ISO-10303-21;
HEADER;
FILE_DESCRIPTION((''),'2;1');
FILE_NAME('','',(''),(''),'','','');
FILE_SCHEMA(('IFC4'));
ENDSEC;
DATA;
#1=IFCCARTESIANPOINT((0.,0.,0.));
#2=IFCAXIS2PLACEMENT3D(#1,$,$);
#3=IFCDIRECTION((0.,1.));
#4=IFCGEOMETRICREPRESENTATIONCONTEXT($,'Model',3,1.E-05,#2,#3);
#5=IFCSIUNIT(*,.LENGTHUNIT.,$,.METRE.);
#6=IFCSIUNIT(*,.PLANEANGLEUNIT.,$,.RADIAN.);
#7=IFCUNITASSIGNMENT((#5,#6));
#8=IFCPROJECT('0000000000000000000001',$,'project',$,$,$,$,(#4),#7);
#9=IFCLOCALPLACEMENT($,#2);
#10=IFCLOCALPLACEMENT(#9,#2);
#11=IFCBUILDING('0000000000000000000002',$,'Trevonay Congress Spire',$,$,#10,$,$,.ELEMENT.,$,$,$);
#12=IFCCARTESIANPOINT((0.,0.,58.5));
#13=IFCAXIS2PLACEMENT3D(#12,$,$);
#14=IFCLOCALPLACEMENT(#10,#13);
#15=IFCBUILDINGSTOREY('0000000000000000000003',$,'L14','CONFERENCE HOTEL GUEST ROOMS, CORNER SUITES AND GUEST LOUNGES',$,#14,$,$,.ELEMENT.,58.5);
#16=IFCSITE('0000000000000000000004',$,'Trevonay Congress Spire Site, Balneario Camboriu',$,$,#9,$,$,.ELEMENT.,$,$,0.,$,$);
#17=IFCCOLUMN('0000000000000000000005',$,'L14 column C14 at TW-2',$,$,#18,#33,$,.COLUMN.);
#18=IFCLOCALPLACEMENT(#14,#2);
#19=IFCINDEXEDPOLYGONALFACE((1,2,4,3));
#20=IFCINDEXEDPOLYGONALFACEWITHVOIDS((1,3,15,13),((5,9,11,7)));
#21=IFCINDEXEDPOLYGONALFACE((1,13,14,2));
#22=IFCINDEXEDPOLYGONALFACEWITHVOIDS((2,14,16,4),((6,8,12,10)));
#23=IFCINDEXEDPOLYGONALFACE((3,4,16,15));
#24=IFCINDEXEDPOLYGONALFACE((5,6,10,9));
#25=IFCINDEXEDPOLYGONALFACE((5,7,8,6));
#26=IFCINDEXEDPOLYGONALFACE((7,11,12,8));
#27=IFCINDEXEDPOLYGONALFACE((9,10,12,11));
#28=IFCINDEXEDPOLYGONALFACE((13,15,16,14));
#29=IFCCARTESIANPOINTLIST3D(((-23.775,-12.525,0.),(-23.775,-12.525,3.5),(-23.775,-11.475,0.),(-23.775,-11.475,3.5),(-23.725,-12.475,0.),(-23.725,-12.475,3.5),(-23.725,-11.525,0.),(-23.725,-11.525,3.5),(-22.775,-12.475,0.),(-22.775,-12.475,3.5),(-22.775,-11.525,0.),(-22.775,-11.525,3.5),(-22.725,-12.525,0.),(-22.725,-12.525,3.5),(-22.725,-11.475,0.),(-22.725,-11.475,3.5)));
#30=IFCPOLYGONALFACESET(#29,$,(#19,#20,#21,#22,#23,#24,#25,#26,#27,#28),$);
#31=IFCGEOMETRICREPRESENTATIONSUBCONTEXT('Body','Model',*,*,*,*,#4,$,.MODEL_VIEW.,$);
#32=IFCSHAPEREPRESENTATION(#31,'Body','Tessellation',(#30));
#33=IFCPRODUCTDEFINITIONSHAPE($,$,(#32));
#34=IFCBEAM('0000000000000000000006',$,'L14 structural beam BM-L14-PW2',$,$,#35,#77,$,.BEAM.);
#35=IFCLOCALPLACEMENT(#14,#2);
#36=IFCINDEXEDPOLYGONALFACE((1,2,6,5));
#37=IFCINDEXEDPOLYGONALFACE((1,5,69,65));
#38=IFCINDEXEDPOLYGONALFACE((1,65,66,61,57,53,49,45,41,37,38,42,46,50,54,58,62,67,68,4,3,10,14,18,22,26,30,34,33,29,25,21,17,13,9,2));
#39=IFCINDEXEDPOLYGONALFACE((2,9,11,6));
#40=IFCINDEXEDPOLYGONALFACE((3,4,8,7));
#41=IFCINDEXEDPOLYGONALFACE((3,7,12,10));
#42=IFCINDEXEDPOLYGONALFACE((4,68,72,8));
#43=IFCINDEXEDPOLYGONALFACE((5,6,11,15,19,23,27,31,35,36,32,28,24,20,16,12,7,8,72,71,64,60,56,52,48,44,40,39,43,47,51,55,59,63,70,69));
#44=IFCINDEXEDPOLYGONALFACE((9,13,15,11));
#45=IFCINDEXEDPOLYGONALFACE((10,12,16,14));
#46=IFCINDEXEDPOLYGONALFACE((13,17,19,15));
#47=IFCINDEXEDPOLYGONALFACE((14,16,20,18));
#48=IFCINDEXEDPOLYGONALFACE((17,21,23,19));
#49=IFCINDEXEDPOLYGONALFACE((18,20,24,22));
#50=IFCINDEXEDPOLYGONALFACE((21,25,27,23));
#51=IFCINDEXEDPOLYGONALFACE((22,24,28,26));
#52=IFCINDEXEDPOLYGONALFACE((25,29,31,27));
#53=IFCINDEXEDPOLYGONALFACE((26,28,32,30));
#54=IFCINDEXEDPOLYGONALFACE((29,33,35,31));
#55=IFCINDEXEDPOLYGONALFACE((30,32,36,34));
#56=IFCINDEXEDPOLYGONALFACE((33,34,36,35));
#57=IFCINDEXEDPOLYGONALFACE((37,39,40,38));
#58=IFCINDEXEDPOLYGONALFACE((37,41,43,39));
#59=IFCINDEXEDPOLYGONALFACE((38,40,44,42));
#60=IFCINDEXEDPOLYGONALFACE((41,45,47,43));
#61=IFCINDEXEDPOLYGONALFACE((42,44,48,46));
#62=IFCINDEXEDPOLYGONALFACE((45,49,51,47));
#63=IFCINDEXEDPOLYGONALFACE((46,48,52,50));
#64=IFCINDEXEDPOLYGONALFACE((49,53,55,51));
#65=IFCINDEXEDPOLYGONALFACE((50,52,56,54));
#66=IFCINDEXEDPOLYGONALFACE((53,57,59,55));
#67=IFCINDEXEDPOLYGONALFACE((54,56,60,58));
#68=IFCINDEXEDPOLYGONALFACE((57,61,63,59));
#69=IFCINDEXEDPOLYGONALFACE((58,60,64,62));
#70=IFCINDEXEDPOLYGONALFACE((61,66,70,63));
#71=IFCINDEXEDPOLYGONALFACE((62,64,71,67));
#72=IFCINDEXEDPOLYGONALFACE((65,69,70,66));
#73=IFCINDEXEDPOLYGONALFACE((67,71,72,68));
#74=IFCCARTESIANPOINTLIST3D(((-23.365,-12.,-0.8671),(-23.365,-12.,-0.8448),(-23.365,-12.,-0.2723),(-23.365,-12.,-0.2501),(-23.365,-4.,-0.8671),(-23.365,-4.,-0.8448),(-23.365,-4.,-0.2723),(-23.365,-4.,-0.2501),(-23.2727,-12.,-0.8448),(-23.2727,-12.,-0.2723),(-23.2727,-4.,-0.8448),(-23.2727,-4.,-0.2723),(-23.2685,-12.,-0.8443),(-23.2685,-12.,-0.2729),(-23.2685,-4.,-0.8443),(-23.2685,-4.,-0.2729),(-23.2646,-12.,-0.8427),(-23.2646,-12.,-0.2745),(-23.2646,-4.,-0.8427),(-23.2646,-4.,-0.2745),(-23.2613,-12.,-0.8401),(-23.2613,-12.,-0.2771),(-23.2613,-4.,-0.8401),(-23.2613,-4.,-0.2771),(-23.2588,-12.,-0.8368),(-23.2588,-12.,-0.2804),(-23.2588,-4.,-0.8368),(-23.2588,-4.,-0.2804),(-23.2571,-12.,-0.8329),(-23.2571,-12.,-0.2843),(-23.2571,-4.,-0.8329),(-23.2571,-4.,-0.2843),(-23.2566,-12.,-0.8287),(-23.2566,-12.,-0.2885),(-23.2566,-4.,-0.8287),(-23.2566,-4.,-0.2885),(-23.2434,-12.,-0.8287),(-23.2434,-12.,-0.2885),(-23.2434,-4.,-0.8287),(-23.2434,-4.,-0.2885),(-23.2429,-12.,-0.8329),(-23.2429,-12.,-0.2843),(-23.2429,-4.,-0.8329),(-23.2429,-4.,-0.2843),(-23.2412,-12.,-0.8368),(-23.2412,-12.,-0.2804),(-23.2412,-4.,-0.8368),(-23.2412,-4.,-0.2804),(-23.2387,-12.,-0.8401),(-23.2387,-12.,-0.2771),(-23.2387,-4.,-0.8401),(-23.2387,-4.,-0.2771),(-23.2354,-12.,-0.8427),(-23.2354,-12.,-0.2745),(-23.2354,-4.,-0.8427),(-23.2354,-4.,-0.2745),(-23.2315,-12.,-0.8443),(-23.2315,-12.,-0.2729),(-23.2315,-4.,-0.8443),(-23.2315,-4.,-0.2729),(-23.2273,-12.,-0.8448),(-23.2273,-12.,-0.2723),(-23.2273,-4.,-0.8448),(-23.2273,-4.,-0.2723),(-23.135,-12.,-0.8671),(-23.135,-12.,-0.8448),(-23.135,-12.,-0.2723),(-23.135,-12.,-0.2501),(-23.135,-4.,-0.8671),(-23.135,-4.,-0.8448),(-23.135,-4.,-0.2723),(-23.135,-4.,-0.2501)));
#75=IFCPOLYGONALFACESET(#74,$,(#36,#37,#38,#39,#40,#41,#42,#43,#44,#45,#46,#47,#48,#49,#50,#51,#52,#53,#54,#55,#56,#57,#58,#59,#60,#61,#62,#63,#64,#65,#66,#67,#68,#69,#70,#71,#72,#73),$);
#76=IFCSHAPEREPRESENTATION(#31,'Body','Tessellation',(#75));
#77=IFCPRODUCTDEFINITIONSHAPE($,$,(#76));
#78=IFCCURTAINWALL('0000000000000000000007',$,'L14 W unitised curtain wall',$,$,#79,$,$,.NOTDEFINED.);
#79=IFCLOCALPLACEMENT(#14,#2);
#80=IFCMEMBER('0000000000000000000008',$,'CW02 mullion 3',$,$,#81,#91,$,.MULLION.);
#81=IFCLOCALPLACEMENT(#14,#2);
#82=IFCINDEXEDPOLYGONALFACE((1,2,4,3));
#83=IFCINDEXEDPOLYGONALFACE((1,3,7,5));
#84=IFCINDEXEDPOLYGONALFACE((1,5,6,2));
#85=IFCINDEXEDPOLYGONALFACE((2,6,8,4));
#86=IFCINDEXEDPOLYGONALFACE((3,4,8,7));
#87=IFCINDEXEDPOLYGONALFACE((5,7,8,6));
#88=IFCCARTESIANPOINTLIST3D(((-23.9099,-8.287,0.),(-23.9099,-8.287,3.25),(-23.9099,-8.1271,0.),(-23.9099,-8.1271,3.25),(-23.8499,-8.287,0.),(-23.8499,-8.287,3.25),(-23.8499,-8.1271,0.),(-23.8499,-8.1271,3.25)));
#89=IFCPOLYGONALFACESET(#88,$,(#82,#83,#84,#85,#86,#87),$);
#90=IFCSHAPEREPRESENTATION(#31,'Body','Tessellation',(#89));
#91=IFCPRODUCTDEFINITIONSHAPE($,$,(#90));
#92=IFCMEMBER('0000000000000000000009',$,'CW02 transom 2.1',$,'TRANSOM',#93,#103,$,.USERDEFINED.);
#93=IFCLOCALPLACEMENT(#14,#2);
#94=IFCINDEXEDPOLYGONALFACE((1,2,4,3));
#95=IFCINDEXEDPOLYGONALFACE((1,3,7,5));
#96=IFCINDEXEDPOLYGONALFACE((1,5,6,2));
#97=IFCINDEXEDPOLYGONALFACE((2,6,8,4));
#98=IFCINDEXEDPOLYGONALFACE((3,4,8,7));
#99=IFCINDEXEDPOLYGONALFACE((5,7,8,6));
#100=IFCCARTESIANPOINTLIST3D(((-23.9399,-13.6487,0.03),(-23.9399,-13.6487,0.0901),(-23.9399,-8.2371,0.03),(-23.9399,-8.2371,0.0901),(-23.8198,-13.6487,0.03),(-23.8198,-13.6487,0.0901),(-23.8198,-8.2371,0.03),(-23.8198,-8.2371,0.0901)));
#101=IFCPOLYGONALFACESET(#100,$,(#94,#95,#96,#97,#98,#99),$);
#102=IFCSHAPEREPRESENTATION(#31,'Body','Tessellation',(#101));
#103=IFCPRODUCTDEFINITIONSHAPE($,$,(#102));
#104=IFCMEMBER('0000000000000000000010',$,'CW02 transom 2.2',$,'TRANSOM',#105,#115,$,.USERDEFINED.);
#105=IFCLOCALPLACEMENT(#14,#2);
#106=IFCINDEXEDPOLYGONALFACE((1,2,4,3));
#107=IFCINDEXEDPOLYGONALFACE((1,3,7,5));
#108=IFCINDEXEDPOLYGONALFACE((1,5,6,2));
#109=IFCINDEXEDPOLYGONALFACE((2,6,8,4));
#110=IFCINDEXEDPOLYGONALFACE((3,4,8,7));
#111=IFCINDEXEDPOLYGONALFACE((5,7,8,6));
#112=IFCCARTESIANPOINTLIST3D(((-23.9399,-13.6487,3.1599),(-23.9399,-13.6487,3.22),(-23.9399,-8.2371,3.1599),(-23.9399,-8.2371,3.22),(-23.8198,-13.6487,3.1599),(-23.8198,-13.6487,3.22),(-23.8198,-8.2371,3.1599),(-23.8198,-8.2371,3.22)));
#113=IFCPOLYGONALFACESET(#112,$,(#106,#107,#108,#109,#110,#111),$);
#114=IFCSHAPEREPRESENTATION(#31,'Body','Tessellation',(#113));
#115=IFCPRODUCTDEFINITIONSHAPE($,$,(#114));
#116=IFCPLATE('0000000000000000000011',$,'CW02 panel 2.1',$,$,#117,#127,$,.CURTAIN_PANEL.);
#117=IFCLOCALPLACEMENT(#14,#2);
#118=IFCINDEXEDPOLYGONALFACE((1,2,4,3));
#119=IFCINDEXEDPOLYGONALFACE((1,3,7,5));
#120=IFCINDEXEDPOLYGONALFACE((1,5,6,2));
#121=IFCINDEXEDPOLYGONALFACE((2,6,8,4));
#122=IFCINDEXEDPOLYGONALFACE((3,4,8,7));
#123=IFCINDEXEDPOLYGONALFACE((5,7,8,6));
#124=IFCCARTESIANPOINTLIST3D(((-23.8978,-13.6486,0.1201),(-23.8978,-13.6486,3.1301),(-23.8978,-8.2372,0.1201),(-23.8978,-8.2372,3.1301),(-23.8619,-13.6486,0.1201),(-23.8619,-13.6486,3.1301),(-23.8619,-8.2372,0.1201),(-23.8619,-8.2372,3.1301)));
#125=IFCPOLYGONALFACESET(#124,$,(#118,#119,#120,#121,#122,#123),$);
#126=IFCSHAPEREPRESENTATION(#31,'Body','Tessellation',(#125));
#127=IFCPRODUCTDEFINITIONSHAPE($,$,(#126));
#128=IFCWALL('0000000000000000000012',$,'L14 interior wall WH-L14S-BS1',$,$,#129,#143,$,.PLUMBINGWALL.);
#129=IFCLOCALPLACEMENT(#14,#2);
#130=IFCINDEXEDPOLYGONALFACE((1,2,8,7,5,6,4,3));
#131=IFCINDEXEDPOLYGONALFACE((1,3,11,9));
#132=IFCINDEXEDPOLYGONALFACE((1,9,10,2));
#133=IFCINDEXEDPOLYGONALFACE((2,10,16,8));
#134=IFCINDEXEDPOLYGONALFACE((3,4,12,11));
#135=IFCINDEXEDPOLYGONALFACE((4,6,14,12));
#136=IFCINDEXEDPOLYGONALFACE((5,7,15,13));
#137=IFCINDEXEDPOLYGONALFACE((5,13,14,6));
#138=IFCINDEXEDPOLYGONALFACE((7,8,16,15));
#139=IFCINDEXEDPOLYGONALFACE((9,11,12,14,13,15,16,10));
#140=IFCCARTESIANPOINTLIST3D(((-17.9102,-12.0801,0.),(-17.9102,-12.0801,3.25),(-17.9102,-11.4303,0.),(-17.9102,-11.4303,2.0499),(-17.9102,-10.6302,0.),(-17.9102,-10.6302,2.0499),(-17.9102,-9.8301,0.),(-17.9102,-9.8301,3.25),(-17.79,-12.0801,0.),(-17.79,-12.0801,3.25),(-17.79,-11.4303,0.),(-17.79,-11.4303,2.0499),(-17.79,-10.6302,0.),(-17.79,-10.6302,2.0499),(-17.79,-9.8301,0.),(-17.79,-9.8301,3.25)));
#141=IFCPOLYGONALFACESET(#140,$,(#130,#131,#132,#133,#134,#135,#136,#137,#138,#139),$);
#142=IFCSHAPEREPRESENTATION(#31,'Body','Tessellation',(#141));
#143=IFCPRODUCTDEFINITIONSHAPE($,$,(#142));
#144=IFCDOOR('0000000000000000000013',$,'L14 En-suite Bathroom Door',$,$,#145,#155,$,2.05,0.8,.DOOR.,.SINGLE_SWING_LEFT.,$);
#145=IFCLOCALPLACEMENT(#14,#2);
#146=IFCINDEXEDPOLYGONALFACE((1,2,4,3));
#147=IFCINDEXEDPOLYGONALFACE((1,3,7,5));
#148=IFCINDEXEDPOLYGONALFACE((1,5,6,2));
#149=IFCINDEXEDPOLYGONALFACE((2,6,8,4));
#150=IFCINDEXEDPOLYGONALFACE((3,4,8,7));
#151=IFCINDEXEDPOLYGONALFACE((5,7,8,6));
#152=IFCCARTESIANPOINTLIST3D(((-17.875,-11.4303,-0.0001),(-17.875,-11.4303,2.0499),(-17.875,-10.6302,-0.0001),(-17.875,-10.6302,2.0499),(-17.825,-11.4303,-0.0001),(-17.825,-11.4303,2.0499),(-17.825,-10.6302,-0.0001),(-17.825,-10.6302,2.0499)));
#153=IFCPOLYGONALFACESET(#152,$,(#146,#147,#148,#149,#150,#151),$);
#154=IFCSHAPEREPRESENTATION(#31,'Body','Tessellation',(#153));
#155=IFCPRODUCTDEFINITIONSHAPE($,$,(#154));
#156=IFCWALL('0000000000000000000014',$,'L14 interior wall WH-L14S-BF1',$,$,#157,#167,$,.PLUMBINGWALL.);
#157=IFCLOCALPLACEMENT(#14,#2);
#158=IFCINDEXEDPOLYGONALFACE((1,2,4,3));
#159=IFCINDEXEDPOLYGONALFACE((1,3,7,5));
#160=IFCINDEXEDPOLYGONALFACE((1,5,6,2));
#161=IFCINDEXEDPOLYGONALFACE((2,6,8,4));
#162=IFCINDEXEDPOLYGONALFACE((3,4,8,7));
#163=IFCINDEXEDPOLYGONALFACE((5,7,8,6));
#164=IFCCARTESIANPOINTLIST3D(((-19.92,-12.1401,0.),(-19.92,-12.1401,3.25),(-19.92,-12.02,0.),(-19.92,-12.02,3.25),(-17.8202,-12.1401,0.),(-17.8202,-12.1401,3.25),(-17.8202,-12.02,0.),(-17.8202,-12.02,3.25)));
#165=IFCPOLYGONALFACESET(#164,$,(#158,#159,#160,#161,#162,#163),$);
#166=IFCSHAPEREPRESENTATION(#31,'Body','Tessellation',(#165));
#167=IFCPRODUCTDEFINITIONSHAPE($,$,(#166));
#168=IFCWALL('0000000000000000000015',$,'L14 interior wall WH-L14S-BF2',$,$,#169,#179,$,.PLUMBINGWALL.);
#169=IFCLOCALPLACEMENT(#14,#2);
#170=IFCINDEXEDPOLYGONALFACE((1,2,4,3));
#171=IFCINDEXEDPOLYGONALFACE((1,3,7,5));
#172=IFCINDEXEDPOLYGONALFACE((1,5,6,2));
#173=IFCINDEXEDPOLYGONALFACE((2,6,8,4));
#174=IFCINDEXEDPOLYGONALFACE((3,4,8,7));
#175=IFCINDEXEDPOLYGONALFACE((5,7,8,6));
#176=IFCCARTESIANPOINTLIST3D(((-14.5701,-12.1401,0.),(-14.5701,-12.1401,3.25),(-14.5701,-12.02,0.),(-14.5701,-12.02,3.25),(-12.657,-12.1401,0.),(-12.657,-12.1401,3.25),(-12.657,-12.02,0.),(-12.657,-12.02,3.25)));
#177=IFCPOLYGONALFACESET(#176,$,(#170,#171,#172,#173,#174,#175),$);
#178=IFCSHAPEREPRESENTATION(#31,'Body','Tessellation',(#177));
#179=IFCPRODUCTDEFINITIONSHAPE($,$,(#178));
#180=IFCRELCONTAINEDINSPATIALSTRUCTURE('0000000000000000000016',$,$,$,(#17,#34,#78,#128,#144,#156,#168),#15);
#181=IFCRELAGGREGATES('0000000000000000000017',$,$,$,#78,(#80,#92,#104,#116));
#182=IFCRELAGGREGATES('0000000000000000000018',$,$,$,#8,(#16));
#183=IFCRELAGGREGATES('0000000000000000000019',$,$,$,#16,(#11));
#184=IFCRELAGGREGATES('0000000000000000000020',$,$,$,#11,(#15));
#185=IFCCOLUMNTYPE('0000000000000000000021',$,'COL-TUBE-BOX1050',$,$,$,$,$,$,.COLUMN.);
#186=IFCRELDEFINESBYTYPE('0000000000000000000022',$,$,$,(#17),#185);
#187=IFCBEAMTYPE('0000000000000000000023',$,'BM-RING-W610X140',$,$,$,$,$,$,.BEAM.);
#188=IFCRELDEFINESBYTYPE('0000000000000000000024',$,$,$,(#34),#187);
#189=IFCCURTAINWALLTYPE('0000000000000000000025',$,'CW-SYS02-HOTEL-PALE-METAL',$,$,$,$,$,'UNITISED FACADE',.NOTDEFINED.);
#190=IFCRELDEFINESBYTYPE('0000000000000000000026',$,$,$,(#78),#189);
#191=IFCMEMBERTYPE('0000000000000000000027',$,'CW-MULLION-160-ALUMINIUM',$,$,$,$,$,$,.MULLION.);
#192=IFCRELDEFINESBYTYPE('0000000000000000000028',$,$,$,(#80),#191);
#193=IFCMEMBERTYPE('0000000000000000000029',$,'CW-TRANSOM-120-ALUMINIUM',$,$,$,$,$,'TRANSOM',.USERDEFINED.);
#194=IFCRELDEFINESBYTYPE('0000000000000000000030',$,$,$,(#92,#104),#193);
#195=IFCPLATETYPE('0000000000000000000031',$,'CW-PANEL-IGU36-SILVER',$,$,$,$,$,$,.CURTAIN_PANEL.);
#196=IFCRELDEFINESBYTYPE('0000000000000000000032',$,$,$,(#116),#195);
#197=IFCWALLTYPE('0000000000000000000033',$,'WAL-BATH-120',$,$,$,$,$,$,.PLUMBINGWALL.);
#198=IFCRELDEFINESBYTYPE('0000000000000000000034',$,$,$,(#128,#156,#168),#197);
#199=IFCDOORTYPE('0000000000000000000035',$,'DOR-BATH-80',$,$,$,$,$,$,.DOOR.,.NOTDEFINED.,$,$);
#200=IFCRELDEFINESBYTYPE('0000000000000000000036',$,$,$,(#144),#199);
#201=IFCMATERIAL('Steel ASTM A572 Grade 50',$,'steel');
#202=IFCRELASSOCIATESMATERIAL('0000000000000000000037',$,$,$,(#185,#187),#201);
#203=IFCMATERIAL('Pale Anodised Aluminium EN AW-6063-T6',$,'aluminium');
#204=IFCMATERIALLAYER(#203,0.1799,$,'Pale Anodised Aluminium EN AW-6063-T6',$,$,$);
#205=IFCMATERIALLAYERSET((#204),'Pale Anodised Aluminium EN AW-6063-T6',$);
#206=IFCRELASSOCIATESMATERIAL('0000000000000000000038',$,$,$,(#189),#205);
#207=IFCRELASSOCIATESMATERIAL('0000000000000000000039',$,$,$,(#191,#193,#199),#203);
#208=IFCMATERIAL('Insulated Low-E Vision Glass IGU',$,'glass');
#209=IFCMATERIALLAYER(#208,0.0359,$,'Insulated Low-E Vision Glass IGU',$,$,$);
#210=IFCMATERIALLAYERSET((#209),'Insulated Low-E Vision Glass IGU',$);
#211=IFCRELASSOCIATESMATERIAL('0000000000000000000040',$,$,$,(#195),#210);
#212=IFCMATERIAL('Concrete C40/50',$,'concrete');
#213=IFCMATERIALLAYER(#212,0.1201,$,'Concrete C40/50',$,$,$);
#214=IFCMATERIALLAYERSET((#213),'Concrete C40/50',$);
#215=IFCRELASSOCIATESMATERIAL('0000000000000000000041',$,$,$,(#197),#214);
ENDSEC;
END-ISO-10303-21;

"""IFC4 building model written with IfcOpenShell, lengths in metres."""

from ifc_helpers import new_model, si_unit, direction, frame, frame_2d, origin, origin_2d, place, context, subcontext, project, spatial, rectangle, hollow_rectangle, i_section, extrude, material, layer, layer_set, material_profile, profile_set, type_object, element, fill, aggregate, save


model = new_model("IFC4")

# Units and contexts
model_context = context("Model", 3, precision=1e-05, world=origin(), true_north=direction((0.0, 1.0)))
body_context = subcontext(model_context, "Body", "Model", "MODEL_VIEW")
ifc_project = project(units=[si_unit("LENGTHUNIT", "METRE"), si_unit("PLANEANGLEUNIT", "RADIAN")], contexts=[model_context])

# Site, building, storey
site_placement = place(None, origin())
site = spatial("IfcSite", under=ifc_project, at=site_placement, Name="Trevonay Congress Spire Site, Balneario Camboriu", CompositionType="ELEMENT", RefElevation=0.0)
building_placement = place(site_placement, origin())
building = spatial("IfcBuilding", under=site, at=building_placement, Name="Trevonay Congress Spire", CompositionType="ELEMENT")
storey_placement = place(building_placement, frame((0.0, 0.0, 58.5)))
storey = spatial("IfcBuildingStorey", under=building, at=storey_placement, Name="L14", Description="CONFERENCE HOTEL GUEST ROOMS, CORNER SUITES AND GUEST LOUNGES", CompositionType="ELEMENT", Elevation=58.5)

# Column
ifc_material_1 = material(Name="Steel ASTM A572 Grade 50", Category="steel")
ifc_material_profile_1 = material_profile(ifc_material_1, hollow_rectangle(XDim=1.05, YDim=1.05, WallThickness=0.05, at=origin_2d()), Name="BOX 1050x1050x50")
ifc_profile_set_1 = profile_set([ifc_material_profile_1], Name="Steel ASTM A572 Grade 50")
column_type = type_object("IfcColumnType", Name="COL-TUBE-BOX1050", PredefinedType="COLUMN", material=ifc_profile_set_1)
column_placement = place(storey_placement, frame((-23.25, -12.0, 0.0), z_axis=(0.0, 0.0, 1.0), x_axis=(1.0, 0.0, 0.0)))
element("IfcColumn", 1, at=column_placement, inside=storey, type_object=column_type, Name="L14 column C14 at TW-2", PredefinedType="COLUMN", context=body_context, shape_type="SweptSolid", body=[
    extrude(hollow_rectangle(XDim=1.05, YDim=1.05, WallThickness=0.05, at=origin_2d()), origin(), (0.0, 0.0, 1.0), 3.5),
])

# Beam
ifc_material_profile_2 = material_profile(ifc_material_1, i_section(OverallWidth=0.23, OverallDepth=0.6169, WebThickness=0.0132, FlangeThickness=0.0222, FilletRadius=0.0161, at=origin_2d()), Name="W610x140")
ifc_profile_set_2 = profile_set([ifc_material_profile_2], Name="Steel ASTM A572 Grade 50")
beam_type = type_object("IfcBeamType", Name="BM-RING-W610X140", PredefinedType="BEAM", material=ifc_profile_set_2)
beam_placement = place(storey_placement, frame((-23.25, -12.0, -0.5586), z_axis=(0.0, 1.0, 0.0), x_axis=(-1.0, 0.0, 0.0)))
element("IfcBeam", 2, at=beam_placement, inside=storey, type_object=beam_type, Name="L14 structural beam BM-L14-PW2", PredefinedType="BEAM", context=body_context, shape_type="SweptSolid", body=[
    extrude(i_section(OverallWidth=0.23, OverallDepth=0.6169, WebThickness=0.0132, FlangeThickness=0.0222, FilletRadius=0.0161, at=origin_2d()), origin(), (0.0, 0.0, 1.0), 8.0),
])

# Curtain wall, members, plate
ifc_material_2 = material(Name="Pale Anodised Aluminium EN AW-6063-T6", Category="aluminium")
ifc_layer_1 = layer(ifc_material_2, 0.1799, Name="Pale Anodised Aluminium EN AW-6063-T6")
ifc_layer_set_1 = layer_set([ifc_layer_1], Name="Pale Anodised Aluminium EN AW-6063-T6")
curtain_wall_type = type_object("IfcCurtainWallType", Name="CW-SYS02-HOTEL-PALE-METAL", ElementType="UNITISED FACADE", PredefinedType="NOTDEFINED", material=ifc_layer_set_1)
curtain_wall_placement = place(storey_placement, origin())
curtain_wall = element("IfcCurtainWall", 3, at=curtain_wall_placement, inside=storey, type_object=curtain_wall_type, Name="L14 W unitised curtain wall", PredefinedType="NOTDEFINED")
ifc_material_profile_3 = material_profile(ifc_material_2, rectangle(XDim=0.0601, YDim=0.1599, at=origin_2d()), Name="CW-MULLION-160-ALUMINIUM")
ifc_profile_set_3 = profile_set([ifc_material_profile_3], Name="Pale Anodised Aluminium EN AW-6063-T6")
member_type_1 = type_object("IfcMemberType", Name="CW-MULLION-160-ALUMINIUM", PredefinedType="MULLION", material=ifc_profile_set_3)
member_1_placement = place(storey_placement, frame((-23.8799, -8.207, 0.0), z_axis=(0.0, 0.0, 1.0), x_axis=(-1.0, 0.0, 0.0)))
member_1 = element("IfcMember", 4, at=member_1_placement, type_object=member_type_1, Name="CW02 mullion 3", PredefinedType="MULLION", context=body_context, shape_type="SweptSolid", body=[
    extrude(rectangle(XDim=0.0601, YDim=0.1599, at=origin_2d()), origin(), (0.0, 0.0, 1.0), 3.25),
])
ifc_material_profile_4 = material_profile(ifc_material_2, rectangle(XDim=0.1201, YDim=0.0601, at=origin_2d()), Name="CW-TRANSOM-120-ALUMINIUM")
ifc_profile_set_4 = profile_set([ifc_material_profile_4], Name="Pale Anodised Aluminium EN AW-6063-T6")
member_type_2 = type_object("IfcMemberType", Name="CW-TRANSOM-120-ALUMINIUM", ElementType="TRANSOM", PredefinedType="USERDEFINED", material=ifc_profile_set_4)
member_2_placement = place(storey_placement, frame((-23.8799, -13.6487, 0.0601), z_axis=(0.0, 1.0, 0.0), x_axis=(-1.0, 0.0, 0.0)))
member_2 = element("IfcMember", 5, at=member_2_placement, type_object=member_type_2, Name="CW02 transom 2.1", ObjectType="TRANSOM", PredefinedType="USERDEFINED", context=body_context, shape_type="SweptSolid", body=[
    extrude(rectangle(XDim=0.1201, YDim=0.0601, at=origin_2d()), origin(), (0.0, 0.0, 1.0), 5.4116),
])
member_3_placement = place(storey_placement, frame((-23.8799, -13.6487, 3.1899), z_axis=(0.0, 1.0, 0.0), x_axis=(-1.0, 0.0, 0.0)))
member_3 = element("IfcMember", 6, at=member_3_placement, type_object=member_type_2, Name="CW02 transom 2.2", ObjectType="TRANSOM", PredefinedType="USERDEFINED", context=body_context, shape_type="SweptSolid", body=[
    extrude(rectangle(XDim=0.1201, YDim=0.0601, at=origin_2d()), origin(), (0.0, 0.0, 1.0), 5.4116),
])
ifc_material_3 = material(Name="Insulated Low-E Vision Glass IGU", Category="glass")
ifc_layer_2 = layer(ifc_material_3, 0.0359, Name="Insulated Low-E Vision Glass IGU")
ifc_layer_set_2 = layer_set([ifc_layer_2], Name="Insulated Low-E Vision Glass IGU")
plate_type = type_object("IfcPlateType", Name="CW-PANEL-IGU36-SILVER", PredefinedType="CURTAIN_PANEL", material=ifc_layer_set_2)
plate_placement = place(storey_placement, frame((-23.8799, -10.9429, 0.1201), z_axis=(0.0, 0.0, 1.0), x_axis=(0.0, 1.0, 0.0)))
plate = element("IfcPlate", 7, at=plate_placement, type_object=plate_type, Name="CW02 panel 2.1", PredefinedType="CURTAIN_PANEL", context=body_context, shape_type="SweptSolid", body=[
    extrude(rectangle(XDim=5.4114, YDim=0.0359, at=origin_2d()), origin(), (0.0, 0.0, 1.0), 3.01),
])
aggregate(curtain_wall, [member_1, member_2, member_3, plate])

# Wall, opening, door
ifc_material_4 = material(Name="Concrete C40/50", Category="concrete")
ifc_layer_3 = layer(ifc_material_4, 0.1201, Name="Concrete C40/50")
ifc_layer_set_3 = layer_set([ifc_layer_3], Name="Concrete C40/50")
wall_type_1 = type_object("IfcWallType", Name="WAL-BATH-120", PredefinedType="PLUMBINGWALL", material=ifc_layer_set_3)
wall_1_placement = place(storey_placement, frame((-17.8501, -12.0801, 0.0), z_axis=(0.0, 0.0, 1.0), x_axis=(0.0, 1.0, 0.0)))
wall_1 = element("IfcWall", 8, at=wall_1_placement, inside=storey, type_object=wall_type_1, Name="L14 interior wall WH-L14S-BS1", PredefinedType="PLUMBINGWALL", context=body_context, shape_type="SweptSolid", body=[
    extrude(rectangle(XDim=2.25, YDim=0.1201, at=frame_2d((1.125, 0.0))), origin(), (0.0, 0.0, 1.0), 3.25),
])
opening_1_placement = place(wall_1_placement, frame((0.6499, 0.0, 0.0)))
opening_1 = element("IfcOpeningElement", 9, at=opening_1_placement, cuts=wall_1, PredefinedType="OPENING", context=body_context, shape_type="SweptSolid", body=[
    extrude(rectangle(XDim=0.8, YDim=2.05, at=frame_2d((0.3999, 1.0249))), frame((0.0, 0.0701, 0.0), z_axis=(0.0, -1.0, 0.0), x_axis=(1.0, 0.0, 0.0)), (0.0, 0.0, 1.0), 0.1401),
])
door_type_1 = type_object("IfcDoorType", Name="DOR-BATH-80", OperationType="NOTDEFINED", PredefinedType="DOOR", material=ifc_material_2)
door_1_placement = place(opening_1_placement, origin())
door_1 = element("IfcDoor", 10, at=door_1_placement, inside=storey, type_object=door_type_1, Name="L14 En-suite Bathroom Door", OperationType="SINGLE_SWING_LEFT", OverallHeight=2.05, OverallWidth=0.8, PredefinedType="DOOR", context=body_context, shape_type="SweptSolid", body=[
    extrude(rectangle(XDim=0.8, YDim=2.05, at=frame_2d((0.3999, 1.0249))), frame((0.0, 0.0249, 0.0), z_axis=(0.0, -1.0, 0.0), x_axis=(1.0, 0.0, 0.0)), (0.0, 0.0, 1.0), 0.05),
])
fill(opening_1, door_1)

# Walls
wall_2_placement = place(storey_placement, frame((-19.9199, -12.0801, 0.0), z_axis=(0.0, 0.0, 1.0), x_axis=(1.0, 0.0, 0.0)))
element("IfcWall", 11, at=wall_2_placement, inside=storey, type_object=wall_type_1, Name="L14 interior wall WH-L14S-BF1", PredefinedType="PLUMBINGWALL", context=body_context, shape_type="SweptSolid", body=[
    extrude(rectangle(XDim=2.0999, YDim=0.1201, at=frame_2d((1.0498, 0.0))), origin(), (0.0, 0.0, 1.0), 3.25),
])
wall_3_placement = place(storey_placement, frame((-14.5701, -12.0801, 0.0), z_axis=(0.0, 0.0, 1.0), x_axis=(1.0, 0.0, 0.0)))
element("IfcWall", 12, at=wall_3_placement, inside=storey, type_object=wall_type_1, Name="L14 interior wall WH-L14S-BF2", PredefinedType="PLUMBINGWALL", context=body_context, shape_type="SweptSolid", body=[
    extrude(rectangle(XDim=1.9131, YDim=0.1201, at=frame_2d((0.9565, 0.0))), origin(), (0.0, 0.0, 1.0), 3.25),
])

save(model, "model.ifc")
